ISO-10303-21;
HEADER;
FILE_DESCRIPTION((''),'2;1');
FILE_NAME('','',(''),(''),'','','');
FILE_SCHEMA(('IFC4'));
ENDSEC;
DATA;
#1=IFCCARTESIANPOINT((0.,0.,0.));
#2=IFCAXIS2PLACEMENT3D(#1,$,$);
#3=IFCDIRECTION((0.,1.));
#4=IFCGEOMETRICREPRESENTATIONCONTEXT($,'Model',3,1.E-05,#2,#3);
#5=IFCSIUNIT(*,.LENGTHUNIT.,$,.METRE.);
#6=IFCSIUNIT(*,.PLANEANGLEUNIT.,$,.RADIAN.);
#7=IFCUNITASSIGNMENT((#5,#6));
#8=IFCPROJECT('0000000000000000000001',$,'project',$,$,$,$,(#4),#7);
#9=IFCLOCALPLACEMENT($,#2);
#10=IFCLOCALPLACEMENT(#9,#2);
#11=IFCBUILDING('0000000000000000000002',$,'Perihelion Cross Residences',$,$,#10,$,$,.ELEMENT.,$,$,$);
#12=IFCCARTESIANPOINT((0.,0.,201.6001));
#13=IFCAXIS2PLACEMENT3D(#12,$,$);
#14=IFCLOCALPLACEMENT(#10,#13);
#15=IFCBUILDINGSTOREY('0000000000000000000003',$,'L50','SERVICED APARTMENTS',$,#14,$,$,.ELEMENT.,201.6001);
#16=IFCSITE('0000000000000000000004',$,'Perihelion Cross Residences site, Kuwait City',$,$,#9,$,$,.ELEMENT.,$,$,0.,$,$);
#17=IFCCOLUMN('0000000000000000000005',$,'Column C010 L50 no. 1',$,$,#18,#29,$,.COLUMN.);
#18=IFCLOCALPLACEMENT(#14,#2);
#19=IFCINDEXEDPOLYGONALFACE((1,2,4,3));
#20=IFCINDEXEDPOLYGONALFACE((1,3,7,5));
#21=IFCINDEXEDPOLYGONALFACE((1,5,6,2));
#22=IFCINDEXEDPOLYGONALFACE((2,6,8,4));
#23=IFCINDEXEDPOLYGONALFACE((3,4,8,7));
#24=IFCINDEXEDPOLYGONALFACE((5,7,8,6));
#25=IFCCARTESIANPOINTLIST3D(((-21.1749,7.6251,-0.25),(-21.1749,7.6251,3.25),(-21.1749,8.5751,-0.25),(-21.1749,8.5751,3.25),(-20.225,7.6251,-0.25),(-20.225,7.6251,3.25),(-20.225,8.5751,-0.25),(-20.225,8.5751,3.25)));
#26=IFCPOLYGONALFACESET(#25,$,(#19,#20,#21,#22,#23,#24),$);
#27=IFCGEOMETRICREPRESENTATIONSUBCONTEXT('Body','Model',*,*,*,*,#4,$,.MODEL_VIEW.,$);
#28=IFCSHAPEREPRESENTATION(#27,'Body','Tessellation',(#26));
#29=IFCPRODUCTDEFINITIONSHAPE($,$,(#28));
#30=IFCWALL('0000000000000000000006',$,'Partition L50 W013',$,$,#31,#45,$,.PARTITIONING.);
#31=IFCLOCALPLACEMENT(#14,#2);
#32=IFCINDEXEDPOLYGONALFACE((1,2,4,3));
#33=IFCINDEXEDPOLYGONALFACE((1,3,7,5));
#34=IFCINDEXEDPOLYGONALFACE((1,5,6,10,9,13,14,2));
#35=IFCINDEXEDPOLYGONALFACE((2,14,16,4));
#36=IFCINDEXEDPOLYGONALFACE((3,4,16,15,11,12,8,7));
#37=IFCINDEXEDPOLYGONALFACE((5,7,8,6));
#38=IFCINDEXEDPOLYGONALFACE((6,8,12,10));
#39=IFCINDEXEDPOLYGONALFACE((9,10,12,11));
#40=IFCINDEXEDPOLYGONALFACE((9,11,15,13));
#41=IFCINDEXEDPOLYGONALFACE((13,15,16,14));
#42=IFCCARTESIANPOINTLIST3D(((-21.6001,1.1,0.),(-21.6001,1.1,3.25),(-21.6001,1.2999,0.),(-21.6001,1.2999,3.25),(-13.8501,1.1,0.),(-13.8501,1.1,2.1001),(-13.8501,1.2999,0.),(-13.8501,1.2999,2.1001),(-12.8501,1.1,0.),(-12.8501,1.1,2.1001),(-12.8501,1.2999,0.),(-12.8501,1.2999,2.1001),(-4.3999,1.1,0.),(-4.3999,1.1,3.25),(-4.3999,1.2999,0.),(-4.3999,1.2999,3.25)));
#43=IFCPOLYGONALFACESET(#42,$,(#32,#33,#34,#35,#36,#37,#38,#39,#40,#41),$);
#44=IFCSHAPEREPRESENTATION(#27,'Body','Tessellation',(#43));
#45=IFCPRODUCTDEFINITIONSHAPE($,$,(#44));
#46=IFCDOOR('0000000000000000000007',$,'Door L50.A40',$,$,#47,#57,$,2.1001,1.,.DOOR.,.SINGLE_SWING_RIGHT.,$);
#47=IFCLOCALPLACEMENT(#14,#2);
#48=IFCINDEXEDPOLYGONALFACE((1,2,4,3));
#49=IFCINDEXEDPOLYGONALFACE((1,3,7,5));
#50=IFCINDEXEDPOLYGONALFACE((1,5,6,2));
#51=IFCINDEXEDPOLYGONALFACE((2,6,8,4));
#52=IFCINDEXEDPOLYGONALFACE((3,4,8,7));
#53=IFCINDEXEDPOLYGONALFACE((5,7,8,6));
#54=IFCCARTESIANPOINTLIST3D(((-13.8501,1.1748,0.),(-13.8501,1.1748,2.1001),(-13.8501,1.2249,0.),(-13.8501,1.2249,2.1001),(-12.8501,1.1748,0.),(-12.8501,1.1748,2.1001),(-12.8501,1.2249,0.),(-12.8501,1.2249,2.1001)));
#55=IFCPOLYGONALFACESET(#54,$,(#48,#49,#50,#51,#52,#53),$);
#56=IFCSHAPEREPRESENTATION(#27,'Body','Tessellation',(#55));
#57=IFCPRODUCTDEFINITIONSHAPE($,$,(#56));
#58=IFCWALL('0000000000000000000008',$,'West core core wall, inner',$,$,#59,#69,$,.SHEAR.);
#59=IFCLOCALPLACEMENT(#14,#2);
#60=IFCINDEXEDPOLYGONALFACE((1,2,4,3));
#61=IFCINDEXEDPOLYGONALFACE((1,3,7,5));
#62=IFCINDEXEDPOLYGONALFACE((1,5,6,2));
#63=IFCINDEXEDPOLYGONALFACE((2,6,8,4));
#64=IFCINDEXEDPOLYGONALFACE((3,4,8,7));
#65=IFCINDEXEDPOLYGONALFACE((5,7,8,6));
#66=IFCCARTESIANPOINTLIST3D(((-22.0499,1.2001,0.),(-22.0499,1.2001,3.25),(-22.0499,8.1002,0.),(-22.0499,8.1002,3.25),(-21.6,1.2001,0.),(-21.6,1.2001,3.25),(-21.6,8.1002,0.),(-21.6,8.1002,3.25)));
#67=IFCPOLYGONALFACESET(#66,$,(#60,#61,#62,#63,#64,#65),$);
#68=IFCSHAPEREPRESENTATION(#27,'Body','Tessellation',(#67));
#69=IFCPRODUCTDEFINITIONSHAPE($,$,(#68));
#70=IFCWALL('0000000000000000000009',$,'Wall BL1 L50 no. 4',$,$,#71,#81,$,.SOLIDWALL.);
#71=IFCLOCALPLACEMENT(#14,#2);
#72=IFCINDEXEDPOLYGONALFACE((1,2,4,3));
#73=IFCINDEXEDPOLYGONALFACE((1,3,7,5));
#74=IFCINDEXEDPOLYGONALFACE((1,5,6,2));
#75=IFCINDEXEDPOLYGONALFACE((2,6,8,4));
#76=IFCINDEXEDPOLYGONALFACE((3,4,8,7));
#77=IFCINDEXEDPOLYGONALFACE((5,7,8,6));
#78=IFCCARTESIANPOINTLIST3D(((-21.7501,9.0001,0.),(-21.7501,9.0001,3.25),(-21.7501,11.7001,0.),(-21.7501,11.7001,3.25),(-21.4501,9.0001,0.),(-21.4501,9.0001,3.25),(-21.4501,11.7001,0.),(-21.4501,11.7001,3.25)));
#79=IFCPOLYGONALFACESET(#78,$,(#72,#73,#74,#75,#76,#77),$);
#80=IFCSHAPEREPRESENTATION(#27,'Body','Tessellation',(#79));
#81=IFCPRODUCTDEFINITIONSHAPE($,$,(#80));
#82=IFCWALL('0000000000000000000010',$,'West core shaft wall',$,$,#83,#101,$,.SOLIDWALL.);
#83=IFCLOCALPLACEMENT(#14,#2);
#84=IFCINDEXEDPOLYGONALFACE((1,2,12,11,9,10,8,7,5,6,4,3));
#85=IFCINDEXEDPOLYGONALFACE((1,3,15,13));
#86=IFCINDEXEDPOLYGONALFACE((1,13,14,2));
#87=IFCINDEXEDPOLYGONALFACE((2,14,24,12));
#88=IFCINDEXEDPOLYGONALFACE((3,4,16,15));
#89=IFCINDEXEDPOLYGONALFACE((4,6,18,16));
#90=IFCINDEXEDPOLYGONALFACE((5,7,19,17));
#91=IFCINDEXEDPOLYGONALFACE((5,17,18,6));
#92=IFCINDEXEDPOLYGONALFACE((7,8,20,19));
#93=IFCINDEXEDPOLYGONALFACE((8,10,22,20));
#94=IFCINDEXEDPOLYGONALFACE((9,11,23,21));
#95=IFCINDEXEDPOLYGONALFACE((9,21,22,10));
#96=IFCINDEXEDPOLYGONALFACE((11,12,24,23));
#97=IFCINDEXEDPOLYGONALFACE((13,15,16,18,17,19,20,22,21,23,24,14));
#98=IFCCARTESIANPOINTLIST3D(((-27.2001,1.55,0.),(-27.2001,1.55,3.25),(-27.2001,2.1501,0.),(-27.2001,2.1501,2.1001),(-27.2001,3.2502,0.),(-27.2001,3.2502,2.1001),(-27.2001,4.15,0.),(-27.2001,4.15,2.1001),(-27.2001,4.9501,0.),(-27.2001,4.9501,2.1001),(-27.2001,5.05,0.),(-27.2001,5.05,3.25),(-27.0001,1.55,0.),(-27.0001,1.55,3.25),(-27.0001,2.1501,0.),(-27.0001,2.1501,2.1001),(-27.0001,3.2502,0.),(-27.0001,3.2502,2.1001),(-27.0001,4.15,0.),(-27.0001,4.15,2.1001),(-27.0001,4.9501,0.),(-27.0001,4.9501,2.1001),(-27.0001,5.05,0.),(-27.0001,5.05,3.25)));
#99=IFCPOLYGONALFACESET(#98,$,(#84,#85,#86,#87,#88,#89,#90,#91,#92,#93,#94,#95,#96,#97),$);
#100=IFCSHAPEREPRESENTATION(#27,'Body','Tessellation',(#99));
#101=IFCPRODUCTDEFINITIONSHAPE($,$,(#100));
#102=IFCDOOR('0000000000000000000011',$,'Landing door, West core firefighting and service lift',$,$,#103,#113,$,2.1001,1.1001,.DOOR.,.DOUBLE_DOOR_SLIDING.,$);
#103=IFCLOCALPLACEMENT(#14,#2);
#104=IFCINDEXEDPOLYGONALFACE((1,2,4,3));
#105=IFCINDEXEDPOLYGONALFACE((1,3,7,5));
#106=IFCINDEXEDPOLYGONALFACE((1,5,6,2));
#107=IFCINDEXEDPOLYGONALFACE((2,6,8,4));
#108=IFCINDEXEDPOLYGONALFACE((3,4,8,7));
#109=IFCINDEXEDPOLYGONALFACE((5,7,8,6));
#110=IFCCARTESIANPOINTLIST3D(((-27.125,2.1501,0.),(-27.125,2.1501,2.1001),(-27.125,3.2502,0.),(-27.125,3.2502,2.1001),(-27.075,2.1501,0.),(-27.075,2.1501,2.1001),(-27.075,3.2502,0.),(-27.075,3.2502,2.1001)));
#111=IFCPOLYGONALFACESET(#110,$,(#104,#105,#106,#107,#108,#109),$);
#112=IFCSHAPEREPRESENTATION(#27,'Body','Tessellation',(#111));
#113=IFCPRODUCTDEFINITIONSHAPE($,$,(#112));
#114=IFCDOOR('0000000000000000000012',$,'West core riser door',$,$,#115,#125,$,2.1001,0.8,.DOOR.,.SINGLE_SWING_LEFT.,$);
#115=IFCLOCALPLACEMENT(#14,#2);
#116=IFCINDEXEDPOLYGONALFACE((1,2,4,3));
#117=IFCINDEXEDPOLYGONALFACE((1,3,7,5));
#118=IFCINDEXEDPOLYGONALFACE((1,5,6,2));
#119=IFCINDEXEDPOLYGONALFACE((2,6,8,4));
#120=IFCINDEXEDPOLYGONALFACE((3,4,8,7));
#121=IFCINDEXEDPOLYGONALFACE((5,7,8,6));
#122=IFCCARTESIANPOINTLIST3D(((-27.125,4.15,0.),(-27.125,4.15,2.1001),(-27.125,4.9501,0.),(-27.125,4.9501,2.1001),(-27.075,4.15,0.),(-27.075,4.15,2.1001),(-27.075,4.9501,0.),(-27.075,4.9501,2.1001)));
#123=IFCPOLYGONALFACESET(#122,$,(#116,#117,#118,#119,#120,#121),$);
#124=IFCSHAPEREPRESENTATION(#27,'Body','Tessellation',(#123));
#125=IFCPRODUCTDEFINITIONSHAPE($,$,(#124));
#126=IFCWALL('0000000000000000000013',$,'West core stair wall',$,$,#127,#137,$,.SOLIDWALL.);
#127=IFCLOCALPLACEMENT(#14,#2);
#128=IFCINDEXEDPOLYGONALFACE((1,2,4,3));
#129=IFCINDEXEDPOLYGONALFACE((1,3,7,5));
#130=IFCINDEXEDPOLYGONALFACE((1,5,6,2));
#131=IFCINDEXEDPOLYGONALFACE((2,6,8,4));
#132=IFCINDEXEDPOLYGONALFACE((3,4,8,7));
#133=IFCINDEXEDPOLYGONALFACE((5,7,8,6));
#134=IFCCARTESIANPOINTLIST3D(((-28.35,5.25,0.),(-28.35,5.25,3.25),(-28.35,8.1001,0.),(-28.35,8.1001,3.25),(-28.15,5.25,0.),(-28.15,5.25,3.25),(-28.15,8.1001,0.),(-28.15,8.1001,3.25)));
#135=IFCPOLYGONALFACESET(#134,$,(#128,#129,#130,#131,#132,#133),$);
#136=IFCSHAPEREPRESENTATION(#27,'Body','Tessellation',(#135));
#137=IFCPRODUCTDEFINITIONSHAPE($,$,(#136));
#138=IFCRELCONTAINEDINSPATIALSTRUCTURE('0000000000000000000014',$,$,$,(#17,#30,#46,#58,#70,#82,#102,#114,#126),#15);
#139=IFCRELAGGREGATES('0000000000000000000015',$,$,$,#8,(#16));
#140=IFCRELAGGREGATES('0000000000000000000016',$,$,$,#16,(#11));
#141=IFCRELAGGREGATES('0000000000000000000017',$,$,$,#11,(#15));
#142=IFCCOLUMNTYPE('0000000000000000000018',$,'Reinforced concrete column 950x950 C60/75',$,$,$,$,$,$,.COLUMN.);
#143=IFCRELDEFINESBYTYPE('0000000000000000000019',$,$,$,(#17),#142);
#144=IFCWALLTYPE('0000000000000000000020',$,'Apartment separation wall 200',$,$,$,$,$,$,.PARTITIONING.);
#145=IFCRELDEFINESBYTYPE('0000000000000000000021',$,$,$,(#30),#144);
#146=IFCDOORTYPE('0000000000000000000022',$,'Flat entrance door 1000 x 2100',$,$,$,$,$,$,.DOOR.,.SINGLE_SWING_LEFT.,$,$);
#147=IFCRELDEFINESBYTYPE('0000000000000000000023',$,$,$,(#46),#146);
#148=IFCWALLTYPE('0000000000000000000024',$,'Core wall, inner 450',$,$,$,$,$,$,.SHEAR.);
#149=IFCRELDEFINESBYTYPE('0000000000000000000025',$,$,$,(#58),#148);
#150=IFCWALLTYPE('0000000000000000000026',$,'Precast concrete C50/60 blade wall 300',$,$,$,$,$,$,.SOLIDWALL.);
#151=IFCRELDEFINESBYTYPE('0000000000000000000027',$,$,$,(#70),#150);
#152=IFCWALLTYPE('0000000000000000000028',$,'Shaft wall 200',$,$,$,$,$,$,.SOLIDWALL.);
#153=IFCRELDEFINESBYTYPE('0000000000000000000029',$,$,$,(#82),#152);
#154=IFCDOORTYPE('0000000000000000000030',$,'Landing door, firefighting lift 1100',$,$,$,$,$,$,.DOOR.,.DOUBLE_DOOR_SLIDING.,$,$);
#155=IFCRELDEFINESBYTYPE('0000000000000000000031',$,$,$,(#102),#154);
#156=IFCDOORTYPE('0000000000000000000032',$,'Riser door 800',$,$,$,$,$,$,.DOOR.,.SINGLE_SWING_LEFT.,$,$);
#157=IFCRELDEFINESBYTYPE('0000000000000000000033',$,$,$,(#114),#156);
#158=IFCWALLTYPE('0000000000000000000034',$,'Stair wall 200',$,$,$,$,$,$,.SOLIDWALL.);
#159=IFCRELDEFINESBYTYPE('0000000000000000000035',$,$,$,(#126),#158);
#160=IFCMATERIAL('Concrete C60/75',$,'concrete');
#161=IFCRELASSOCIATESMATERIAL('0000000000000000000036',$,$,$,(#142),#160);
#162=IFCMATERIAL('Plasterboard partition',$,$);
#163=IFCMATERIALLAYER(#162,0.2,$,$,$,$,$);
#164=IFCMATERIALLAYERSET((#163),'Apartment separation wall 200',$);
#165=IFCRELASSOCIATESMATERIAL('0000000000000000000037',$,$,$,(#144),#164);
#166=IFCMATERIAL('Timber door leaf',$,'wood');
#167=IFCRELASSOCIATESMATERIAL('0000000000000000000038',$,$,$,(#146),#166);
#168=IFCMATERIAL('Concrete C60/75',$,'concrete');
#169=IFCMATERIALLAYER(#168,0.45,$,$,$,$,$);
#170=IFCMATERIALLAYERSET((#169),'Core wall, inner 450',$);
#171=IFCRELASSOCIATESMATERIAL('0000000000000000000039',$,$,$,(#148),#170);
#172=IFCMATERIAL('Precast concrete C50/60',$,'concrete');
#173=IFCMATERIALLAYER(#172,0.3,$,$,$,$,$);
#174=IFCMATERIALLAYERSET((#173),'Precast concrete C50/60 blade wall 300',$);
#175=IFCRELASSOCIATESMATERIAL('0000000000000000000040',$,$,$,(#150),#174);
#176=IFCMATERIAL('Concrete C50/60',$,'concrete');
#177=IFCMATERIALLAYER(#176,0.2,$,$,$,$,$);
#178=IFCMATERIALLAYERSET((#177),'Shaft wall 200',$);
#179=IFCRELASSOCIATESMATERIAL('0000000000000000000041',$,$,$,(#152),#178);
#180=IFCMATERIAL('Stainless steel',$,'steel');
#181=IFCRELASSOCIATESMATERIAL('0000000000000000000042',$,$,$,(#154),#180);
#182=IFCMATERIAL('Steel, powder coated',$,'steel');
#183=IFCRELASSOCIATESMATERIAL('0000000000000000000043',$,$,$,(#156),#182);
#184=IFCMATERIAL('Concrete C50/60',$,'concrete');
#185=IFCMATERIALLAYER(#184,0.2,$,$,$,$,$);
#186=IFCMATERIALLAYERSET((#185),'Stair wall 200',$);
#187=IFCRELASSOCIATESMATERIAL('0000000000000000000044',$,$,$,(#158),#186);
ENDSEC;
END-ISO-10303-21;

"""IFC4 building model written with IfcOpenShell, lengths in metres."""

from ifc_helpers import new_model, si_unit, direction, frame, frame_2d, origin, origin_2d, place, context, subcontext, project, spatial, rectangle, extrude, material, layer, layer_set, material_profile, profile_set, type_object, element, fill, save


model = new_model("IFC4")

# Units and contexts
model_context = context("Model", 3, precision=1e-05, world=origin(), true_north=direction((0.0, 1.0)))
body_context = subcontext(model_context, "Body", "Model", "MODEL_VIEW")
ifc_project = project(units=[si_unit("LENGTHUNIT", "METRE"), si_unit("PLANEANGLEUNIT", "RADIAN")], contexts=[model_context])

# Site, building, storey
site_placement = place(None, origin())
site = spatial("IfcSite", under=ifc_project, at=site_placement, Name="Perihelion Cross Residences site, Kuwait City", CompositionType="ELEMENT", RefElevation=0.0)
building_placement = place(site_placement, origin())
building = spatial("IfcBuilding", under=site, at=building_placement, Name="Perihelion Cross Residences", CompositionType="ELEMENT")
storey_placement = place(building_placement, frame((0.0, 0.0, 201.6001)))
storey = spatial("IfcBuildingStorey", under=building, at=storey_placement, Name="L50", Description="SERVICED APARTMENTS", CompositionType="ELEMENT", Elevation=201.6001)

# Column
ifc_material_1 = material(Name="Concrete C60/75", Category="concrete")
ifc_material_profile = material_profile(ifc_material_1, rectangle(XDim=0.95, YDim=0.95, at=origin_2d()), Name="RC 950x950")
ifc_profile_set = profile_set([ifc_material_profile], Name="Concrete C60/75")
column_type = type_object("IfcColumnType", Name="Reinforced concrete column 950x950 C60/75", PredefinedType="COLUMN", material=ifc_profile_set)
column_placement = place(storey_placement, frame((-20.7, 8.1001, -0.25), z_axis=(0.0, 0.0, 1.0), x_axis=(1.0, 0.0, 0.0)))
element("IfcColumn", 1, at=column_placement, inside=storey, type_object=column_type, Name="Column C010 L50 no. 1", PredefinedType="COLUMN", context=body_context, shape_type="SweptSolid", body=[
    extrude(rectangle(XDim=0.95, YDim=0.95, at=origin_2d()), origin(), (0.0, 0.0, 1.0), 3.5),
])

# Wall, opening, door
ifc_material_2 = material(Name="Plasterboard partition")
ifc_layer_1 = layer(ifc_material_2, 0.2)
ifc_layer_set_1 = layer_set([ifc_layer_1], Name="Apartment separation wall 200")
wall_type_1 = type_object("IfcWallType", Name="Apartment separation wall 200", PredefinedType="PARTITIONING", material=ifc_layer_set_1)
wall_1_placement = place(storey_placement, frame((-21.6001, 1.2, 0.0), z_axis=(0.0, 0.0, 1.0), x_axis=(1.0, 0.0, 0.0)))
wall_1 = element("IfcWall", 2, at=wall_1_placement, inside=storey, type_object=wall_type_1, Name="Partition L50 W013", PredefinedType="PARTITIONING", context=body_context, shape_type="SweptSolid", body=[
    extrude(rectangle(XDim=17.2002, YDim=0.2, at=frame_2d((8.6001, 0.0))), origin(), (0.0, 0.0, 1.0), 3.25),
])
opening_1_placement = place(wall_1_placement, frame((7.75, 0.0, 0.0)))
opening_1 = element("IfcOpeningElement", 3, at=opening_1_placement, cuts=wall_1, PredefinedType="OPENING", context=body_context, shape_type="SweptSolid", body=[
    extrude(rectangle(XDim=1.0, YDim=2.1001, at=frame_2d((0.5, 1.05))), frame((0.0, 0.1099, 0.0), z_axis=(0.0, -1.0, 0.0), x_axis=(1.0, 0.0, 0.0)), (0.0, 0.0, 1.0), 0.22),
])
ifc_material_3 = material(Name="Timber door leaf", Category="wood")
door_type_1 = type_object("IfcDoorType", Name="Flat entrance door 1000 x 2100", OperationType="SINGLE_SWING_LEFT", PredefinedType="DOOR", material=ifc_material_3)
door_1_placement = place(opening_1_placement, origin())
door_1 = element("IfcDoor", 4, at=door_1_placement, inside=storey, type_object=door_type_1, Name="Door L50.A40", OperationType="SINGLE_SWING_RIGHT", OverallHeight=2.1001, OverallWidth=1.0, PredefinedType="DOOR", context=body_context, shape_type="SweptSolid", body=[
    extrude(rectangle(XDim=1.0, YDim=2.1001, at=frame_2d((0.5, 1.05))), frame((0.0, 0.0249, 0.0), z_axis=(0.0, -1.0, 0.0), x_axis=(1.0, 0.0, 0.0)), (0.0, 0.0, 1.0), 0.05),
])
fill(opening_1, door_1)

# Walls
ifc_material_4 = material(Name="Concrete C60/75", Category="concrete")
ifc_layer_2 = layer(ifc_material_4, 0.45)
ifc_layer_set_2 = layer_set([ifc_layer_2], Name="Core wall, inner 450")
wall_type_2 = type_object("IfcWallType", Name="Core wall, inner 450", PredefinedType="SHEAR", material=ifc_layer_set_2)
wall_2_placement = place(storey_placement, frame((-21.825, 1.2, 0.0), z_axis=(0.0, 0.0, 1.0), x_axis=(0.0, 1.0, 0.0)))
element("IfcWall", 5, at=wall_2_placement, inside=storey, type_object=wall_type_2, Name="West core core wall, inner", PredefinedType="SHEAR", context=body_context, shape_type="SweptSolid", body=[
    extrude(rectangle(XDim=6.9001, YDim=0.45, at=frame_2d((3.4502, 0.0))), origin(), (0.0, 0.0, 1.0), 3.25),
])
ifc_material_5 = material(Name="Precast concrete C50/60", Category="concrete")
ifc_layer_3 = layer(ifc_material_5, 0.3)
ifc_layer_set_3 = layer_set([ifc_layer_3], Name="Precast concrete C50/60 blade wall 300")
wall_type_3 = type_object("IfcWallType", Name="Precast concrete C50/60 blade wall 300", PredefinedType="SOLIDWALL", material=ifc_layer_set_3)
wall_3_placement = place(storey_placement, frame((-21.6001, 9.0, 0.0), z_axis=(0.0, 0.0, 1.0), x_axis=(0.0, 1.0, 0.0)))
element("IfcWall", 6, at=wall_3_placement, inside=storey, type_object=wall_type_3, Name="Wall BL1 L50 no. 4", PredefinedType="SOLIDWALL", context=body_context, shape_type="SweptSolid", body=[
    extrude(rectangle(XDim=2.7, YDim=0.3, at=frame_2d((1.3501, 0.0))), origin(), (0.0, 0.0, 1.0), 3.25),
])

# Wall, openings, doors
ifc_material_6 = material(Name="Concrete C50/60", Category="concrete")
ifc_layer_4 = layer(ifc_material_6, 0.2)
ifc_layer_set_4 = layer_set([ifc_layer_4], Name="Shaft wall 200")
wall_type_4 = type_object("IfcWallType", Name="Shaft wall 200", PredefinedType="SOLIDWALL", material=ifc_layer_set_4)
wall_4_placement = place(storey_placement, frame((-27.1001, 1.55, 0.0), z_axis=(0.0, 0.0, 1.0), x_axis=(0.0, 1.0, 0.0)))
wall_4 = element("IfcWall", 7, at=wall_4_placement, inside=storey, type_object=wall_type_4, Name="West core shaft wall", PredefinedType="SOLIDWALL", context=body_context, shape_type="SweptSolid", body=[
    extrude(rectangle(XDim=3.5, YDim=0.2, at=frame_2d((1.75, 0.0))), origin(), (0.0, 0.0, 1.0), 3.25),
])
opening_2_placement = place(wall_4_placement, frame((0.6001, 0.0, 0.0)))
opening_2 = element("IfcOpeningElement", 8, at=opening_2_placement, cuts=wall_4, PredefinedType="OPENING", context=body_context, shape_type="SweptSolid", body=[
    extrude(rectangle(XDim=1.1001, YDim=2.1001, at=frame_2d((0.55, 1.05))), frame((0.0, 0.1099, 0.0), z_axis=(0.0, -1.0, 0.0), x_axis=(1.0, 0.0, 0.0)), (0.0, 0.0, 1.0), 0.22),
])
opening_3_placement = place(wall_4_placement, frame((2.6001, 0.0, 0.0)))
opening_3 = element("IfcOpeningElement", 9, at=opening_3_placement, cuts=wall_4, PredefinedType="OPENING", context=body_context, shape_type="SweptSolid", body=[
    extrude(rectangle(XDim=0.8, YDim=2.1001, at=frame_2d((0.3999, 1.05))), frame((0.0, 0.1099, 0.0), z_axis=(0.0, -1.0, 0.0), x_axis=(1.0, 0.0, 0.0)), (0.0, 0.0, 1.0), 0.22),
])
ifc_material_7 = material(Name="Stainless steel", Category="steel")
door_type_2 = type_object("IfcDoorType", Name="Landing door, firefighting lift 1100", OperationType="DOUBLE_DOOR_SLIDING", PredefinedType="DOOR", material=ifc_material_7)
door_2_placement = place(opening_2_placement, origin())
door_2 = element("IfcDoor", 10, at=door_2_placement, inside=storey, type_object=door_type_2, Name="Landing door, West core firefighting and service lift", OperationType="DOUBLE_DOOR_SLIDING", OverallHeight=2.1001, OverallWidth=1.1001, PredefinedType="DOOR", context=body_context, shape_type="SweptSolid", body=[
    extrude(rectangle(XDim=1.1001, YDim=2.1001, at=frame_2d((0.55, 1.05))), frame((0.0, 0.0249, 0.0), z_axis=(0.0, -1.0, 0.0), x_axis=(1.0, 0.0, 0.0)), (0.0, 0.0, 1.0), 0.05),
])
fill(opening_2, door_2)
ifc_material_8 = material(Name="Steel, powder coated", Category="steel")
door_type_3 = type_object("IfcDoorType", Name="Riser door 800", OperationType="SINGLE_SWING_LEFT", PredefinedType="DOOR", material=ifc_material_8)
door_3_placement = place(opening_3_placement, origin())
door_3 = element("IfcDoor", 11, at=door_3_placement, inside=storey, type_object=door_type_3, Name="West core riser door", OperationType="SINGLE_SWING_LEFT", OverallHeight=2.1001, OverallWidth=0.8, PredefinedType="DOOR", context=body_context, shape_type="SweptSolid", body=[
    extrude(rectangle(XDim=0.8, YDim=2.1001, at=frame_2d((0.3999, 1.05))), frame((0.0, 0.0249, 0.0), z_axis=(0.0, -1.0, 0.0), x_axis=(1.0, 0.0, 0.0)), (0.0, 0.0, 1.0), 0.05),
])
fill(opening_3, door_3)

# Wall
ifc_material_9 = material(Name="Concrete C50/60", Category="concrete")
ifc_layer_5 = layer(ifc_material_9, 0.2)
ifc_layer_set_5 = layer_set([ifc_layer_5], Name="Stair wall 200")
wall_type_5 = type_object("IfcWallType", Name="Stair wall 200", PredefinedType="SOLIDWALL", material=ifc_layer_set_5)
wall_5_placement = place(storey_placement, frame((-28.25, 5.25, 0.0), z_axis=(0.0, 0.0, 1.0), x_axis=(0.0, 1.0, 0.0)))
element("IfcWall", 12, at=wall_5_placement, inside=storey, type_object=wall_type_5, Name="West core stair wall", PredefinedType="SOLIDWALL", context=body_context, shape_type="SweptSolid", body=[
    extrude(rectangle(XDim=2.8501, YDim=0.2, at=frame_2d((1.425, 0.0))), origin(), (0.0, 0.0, 1.0), 3.25),
])

save(model, "model.ifc")
